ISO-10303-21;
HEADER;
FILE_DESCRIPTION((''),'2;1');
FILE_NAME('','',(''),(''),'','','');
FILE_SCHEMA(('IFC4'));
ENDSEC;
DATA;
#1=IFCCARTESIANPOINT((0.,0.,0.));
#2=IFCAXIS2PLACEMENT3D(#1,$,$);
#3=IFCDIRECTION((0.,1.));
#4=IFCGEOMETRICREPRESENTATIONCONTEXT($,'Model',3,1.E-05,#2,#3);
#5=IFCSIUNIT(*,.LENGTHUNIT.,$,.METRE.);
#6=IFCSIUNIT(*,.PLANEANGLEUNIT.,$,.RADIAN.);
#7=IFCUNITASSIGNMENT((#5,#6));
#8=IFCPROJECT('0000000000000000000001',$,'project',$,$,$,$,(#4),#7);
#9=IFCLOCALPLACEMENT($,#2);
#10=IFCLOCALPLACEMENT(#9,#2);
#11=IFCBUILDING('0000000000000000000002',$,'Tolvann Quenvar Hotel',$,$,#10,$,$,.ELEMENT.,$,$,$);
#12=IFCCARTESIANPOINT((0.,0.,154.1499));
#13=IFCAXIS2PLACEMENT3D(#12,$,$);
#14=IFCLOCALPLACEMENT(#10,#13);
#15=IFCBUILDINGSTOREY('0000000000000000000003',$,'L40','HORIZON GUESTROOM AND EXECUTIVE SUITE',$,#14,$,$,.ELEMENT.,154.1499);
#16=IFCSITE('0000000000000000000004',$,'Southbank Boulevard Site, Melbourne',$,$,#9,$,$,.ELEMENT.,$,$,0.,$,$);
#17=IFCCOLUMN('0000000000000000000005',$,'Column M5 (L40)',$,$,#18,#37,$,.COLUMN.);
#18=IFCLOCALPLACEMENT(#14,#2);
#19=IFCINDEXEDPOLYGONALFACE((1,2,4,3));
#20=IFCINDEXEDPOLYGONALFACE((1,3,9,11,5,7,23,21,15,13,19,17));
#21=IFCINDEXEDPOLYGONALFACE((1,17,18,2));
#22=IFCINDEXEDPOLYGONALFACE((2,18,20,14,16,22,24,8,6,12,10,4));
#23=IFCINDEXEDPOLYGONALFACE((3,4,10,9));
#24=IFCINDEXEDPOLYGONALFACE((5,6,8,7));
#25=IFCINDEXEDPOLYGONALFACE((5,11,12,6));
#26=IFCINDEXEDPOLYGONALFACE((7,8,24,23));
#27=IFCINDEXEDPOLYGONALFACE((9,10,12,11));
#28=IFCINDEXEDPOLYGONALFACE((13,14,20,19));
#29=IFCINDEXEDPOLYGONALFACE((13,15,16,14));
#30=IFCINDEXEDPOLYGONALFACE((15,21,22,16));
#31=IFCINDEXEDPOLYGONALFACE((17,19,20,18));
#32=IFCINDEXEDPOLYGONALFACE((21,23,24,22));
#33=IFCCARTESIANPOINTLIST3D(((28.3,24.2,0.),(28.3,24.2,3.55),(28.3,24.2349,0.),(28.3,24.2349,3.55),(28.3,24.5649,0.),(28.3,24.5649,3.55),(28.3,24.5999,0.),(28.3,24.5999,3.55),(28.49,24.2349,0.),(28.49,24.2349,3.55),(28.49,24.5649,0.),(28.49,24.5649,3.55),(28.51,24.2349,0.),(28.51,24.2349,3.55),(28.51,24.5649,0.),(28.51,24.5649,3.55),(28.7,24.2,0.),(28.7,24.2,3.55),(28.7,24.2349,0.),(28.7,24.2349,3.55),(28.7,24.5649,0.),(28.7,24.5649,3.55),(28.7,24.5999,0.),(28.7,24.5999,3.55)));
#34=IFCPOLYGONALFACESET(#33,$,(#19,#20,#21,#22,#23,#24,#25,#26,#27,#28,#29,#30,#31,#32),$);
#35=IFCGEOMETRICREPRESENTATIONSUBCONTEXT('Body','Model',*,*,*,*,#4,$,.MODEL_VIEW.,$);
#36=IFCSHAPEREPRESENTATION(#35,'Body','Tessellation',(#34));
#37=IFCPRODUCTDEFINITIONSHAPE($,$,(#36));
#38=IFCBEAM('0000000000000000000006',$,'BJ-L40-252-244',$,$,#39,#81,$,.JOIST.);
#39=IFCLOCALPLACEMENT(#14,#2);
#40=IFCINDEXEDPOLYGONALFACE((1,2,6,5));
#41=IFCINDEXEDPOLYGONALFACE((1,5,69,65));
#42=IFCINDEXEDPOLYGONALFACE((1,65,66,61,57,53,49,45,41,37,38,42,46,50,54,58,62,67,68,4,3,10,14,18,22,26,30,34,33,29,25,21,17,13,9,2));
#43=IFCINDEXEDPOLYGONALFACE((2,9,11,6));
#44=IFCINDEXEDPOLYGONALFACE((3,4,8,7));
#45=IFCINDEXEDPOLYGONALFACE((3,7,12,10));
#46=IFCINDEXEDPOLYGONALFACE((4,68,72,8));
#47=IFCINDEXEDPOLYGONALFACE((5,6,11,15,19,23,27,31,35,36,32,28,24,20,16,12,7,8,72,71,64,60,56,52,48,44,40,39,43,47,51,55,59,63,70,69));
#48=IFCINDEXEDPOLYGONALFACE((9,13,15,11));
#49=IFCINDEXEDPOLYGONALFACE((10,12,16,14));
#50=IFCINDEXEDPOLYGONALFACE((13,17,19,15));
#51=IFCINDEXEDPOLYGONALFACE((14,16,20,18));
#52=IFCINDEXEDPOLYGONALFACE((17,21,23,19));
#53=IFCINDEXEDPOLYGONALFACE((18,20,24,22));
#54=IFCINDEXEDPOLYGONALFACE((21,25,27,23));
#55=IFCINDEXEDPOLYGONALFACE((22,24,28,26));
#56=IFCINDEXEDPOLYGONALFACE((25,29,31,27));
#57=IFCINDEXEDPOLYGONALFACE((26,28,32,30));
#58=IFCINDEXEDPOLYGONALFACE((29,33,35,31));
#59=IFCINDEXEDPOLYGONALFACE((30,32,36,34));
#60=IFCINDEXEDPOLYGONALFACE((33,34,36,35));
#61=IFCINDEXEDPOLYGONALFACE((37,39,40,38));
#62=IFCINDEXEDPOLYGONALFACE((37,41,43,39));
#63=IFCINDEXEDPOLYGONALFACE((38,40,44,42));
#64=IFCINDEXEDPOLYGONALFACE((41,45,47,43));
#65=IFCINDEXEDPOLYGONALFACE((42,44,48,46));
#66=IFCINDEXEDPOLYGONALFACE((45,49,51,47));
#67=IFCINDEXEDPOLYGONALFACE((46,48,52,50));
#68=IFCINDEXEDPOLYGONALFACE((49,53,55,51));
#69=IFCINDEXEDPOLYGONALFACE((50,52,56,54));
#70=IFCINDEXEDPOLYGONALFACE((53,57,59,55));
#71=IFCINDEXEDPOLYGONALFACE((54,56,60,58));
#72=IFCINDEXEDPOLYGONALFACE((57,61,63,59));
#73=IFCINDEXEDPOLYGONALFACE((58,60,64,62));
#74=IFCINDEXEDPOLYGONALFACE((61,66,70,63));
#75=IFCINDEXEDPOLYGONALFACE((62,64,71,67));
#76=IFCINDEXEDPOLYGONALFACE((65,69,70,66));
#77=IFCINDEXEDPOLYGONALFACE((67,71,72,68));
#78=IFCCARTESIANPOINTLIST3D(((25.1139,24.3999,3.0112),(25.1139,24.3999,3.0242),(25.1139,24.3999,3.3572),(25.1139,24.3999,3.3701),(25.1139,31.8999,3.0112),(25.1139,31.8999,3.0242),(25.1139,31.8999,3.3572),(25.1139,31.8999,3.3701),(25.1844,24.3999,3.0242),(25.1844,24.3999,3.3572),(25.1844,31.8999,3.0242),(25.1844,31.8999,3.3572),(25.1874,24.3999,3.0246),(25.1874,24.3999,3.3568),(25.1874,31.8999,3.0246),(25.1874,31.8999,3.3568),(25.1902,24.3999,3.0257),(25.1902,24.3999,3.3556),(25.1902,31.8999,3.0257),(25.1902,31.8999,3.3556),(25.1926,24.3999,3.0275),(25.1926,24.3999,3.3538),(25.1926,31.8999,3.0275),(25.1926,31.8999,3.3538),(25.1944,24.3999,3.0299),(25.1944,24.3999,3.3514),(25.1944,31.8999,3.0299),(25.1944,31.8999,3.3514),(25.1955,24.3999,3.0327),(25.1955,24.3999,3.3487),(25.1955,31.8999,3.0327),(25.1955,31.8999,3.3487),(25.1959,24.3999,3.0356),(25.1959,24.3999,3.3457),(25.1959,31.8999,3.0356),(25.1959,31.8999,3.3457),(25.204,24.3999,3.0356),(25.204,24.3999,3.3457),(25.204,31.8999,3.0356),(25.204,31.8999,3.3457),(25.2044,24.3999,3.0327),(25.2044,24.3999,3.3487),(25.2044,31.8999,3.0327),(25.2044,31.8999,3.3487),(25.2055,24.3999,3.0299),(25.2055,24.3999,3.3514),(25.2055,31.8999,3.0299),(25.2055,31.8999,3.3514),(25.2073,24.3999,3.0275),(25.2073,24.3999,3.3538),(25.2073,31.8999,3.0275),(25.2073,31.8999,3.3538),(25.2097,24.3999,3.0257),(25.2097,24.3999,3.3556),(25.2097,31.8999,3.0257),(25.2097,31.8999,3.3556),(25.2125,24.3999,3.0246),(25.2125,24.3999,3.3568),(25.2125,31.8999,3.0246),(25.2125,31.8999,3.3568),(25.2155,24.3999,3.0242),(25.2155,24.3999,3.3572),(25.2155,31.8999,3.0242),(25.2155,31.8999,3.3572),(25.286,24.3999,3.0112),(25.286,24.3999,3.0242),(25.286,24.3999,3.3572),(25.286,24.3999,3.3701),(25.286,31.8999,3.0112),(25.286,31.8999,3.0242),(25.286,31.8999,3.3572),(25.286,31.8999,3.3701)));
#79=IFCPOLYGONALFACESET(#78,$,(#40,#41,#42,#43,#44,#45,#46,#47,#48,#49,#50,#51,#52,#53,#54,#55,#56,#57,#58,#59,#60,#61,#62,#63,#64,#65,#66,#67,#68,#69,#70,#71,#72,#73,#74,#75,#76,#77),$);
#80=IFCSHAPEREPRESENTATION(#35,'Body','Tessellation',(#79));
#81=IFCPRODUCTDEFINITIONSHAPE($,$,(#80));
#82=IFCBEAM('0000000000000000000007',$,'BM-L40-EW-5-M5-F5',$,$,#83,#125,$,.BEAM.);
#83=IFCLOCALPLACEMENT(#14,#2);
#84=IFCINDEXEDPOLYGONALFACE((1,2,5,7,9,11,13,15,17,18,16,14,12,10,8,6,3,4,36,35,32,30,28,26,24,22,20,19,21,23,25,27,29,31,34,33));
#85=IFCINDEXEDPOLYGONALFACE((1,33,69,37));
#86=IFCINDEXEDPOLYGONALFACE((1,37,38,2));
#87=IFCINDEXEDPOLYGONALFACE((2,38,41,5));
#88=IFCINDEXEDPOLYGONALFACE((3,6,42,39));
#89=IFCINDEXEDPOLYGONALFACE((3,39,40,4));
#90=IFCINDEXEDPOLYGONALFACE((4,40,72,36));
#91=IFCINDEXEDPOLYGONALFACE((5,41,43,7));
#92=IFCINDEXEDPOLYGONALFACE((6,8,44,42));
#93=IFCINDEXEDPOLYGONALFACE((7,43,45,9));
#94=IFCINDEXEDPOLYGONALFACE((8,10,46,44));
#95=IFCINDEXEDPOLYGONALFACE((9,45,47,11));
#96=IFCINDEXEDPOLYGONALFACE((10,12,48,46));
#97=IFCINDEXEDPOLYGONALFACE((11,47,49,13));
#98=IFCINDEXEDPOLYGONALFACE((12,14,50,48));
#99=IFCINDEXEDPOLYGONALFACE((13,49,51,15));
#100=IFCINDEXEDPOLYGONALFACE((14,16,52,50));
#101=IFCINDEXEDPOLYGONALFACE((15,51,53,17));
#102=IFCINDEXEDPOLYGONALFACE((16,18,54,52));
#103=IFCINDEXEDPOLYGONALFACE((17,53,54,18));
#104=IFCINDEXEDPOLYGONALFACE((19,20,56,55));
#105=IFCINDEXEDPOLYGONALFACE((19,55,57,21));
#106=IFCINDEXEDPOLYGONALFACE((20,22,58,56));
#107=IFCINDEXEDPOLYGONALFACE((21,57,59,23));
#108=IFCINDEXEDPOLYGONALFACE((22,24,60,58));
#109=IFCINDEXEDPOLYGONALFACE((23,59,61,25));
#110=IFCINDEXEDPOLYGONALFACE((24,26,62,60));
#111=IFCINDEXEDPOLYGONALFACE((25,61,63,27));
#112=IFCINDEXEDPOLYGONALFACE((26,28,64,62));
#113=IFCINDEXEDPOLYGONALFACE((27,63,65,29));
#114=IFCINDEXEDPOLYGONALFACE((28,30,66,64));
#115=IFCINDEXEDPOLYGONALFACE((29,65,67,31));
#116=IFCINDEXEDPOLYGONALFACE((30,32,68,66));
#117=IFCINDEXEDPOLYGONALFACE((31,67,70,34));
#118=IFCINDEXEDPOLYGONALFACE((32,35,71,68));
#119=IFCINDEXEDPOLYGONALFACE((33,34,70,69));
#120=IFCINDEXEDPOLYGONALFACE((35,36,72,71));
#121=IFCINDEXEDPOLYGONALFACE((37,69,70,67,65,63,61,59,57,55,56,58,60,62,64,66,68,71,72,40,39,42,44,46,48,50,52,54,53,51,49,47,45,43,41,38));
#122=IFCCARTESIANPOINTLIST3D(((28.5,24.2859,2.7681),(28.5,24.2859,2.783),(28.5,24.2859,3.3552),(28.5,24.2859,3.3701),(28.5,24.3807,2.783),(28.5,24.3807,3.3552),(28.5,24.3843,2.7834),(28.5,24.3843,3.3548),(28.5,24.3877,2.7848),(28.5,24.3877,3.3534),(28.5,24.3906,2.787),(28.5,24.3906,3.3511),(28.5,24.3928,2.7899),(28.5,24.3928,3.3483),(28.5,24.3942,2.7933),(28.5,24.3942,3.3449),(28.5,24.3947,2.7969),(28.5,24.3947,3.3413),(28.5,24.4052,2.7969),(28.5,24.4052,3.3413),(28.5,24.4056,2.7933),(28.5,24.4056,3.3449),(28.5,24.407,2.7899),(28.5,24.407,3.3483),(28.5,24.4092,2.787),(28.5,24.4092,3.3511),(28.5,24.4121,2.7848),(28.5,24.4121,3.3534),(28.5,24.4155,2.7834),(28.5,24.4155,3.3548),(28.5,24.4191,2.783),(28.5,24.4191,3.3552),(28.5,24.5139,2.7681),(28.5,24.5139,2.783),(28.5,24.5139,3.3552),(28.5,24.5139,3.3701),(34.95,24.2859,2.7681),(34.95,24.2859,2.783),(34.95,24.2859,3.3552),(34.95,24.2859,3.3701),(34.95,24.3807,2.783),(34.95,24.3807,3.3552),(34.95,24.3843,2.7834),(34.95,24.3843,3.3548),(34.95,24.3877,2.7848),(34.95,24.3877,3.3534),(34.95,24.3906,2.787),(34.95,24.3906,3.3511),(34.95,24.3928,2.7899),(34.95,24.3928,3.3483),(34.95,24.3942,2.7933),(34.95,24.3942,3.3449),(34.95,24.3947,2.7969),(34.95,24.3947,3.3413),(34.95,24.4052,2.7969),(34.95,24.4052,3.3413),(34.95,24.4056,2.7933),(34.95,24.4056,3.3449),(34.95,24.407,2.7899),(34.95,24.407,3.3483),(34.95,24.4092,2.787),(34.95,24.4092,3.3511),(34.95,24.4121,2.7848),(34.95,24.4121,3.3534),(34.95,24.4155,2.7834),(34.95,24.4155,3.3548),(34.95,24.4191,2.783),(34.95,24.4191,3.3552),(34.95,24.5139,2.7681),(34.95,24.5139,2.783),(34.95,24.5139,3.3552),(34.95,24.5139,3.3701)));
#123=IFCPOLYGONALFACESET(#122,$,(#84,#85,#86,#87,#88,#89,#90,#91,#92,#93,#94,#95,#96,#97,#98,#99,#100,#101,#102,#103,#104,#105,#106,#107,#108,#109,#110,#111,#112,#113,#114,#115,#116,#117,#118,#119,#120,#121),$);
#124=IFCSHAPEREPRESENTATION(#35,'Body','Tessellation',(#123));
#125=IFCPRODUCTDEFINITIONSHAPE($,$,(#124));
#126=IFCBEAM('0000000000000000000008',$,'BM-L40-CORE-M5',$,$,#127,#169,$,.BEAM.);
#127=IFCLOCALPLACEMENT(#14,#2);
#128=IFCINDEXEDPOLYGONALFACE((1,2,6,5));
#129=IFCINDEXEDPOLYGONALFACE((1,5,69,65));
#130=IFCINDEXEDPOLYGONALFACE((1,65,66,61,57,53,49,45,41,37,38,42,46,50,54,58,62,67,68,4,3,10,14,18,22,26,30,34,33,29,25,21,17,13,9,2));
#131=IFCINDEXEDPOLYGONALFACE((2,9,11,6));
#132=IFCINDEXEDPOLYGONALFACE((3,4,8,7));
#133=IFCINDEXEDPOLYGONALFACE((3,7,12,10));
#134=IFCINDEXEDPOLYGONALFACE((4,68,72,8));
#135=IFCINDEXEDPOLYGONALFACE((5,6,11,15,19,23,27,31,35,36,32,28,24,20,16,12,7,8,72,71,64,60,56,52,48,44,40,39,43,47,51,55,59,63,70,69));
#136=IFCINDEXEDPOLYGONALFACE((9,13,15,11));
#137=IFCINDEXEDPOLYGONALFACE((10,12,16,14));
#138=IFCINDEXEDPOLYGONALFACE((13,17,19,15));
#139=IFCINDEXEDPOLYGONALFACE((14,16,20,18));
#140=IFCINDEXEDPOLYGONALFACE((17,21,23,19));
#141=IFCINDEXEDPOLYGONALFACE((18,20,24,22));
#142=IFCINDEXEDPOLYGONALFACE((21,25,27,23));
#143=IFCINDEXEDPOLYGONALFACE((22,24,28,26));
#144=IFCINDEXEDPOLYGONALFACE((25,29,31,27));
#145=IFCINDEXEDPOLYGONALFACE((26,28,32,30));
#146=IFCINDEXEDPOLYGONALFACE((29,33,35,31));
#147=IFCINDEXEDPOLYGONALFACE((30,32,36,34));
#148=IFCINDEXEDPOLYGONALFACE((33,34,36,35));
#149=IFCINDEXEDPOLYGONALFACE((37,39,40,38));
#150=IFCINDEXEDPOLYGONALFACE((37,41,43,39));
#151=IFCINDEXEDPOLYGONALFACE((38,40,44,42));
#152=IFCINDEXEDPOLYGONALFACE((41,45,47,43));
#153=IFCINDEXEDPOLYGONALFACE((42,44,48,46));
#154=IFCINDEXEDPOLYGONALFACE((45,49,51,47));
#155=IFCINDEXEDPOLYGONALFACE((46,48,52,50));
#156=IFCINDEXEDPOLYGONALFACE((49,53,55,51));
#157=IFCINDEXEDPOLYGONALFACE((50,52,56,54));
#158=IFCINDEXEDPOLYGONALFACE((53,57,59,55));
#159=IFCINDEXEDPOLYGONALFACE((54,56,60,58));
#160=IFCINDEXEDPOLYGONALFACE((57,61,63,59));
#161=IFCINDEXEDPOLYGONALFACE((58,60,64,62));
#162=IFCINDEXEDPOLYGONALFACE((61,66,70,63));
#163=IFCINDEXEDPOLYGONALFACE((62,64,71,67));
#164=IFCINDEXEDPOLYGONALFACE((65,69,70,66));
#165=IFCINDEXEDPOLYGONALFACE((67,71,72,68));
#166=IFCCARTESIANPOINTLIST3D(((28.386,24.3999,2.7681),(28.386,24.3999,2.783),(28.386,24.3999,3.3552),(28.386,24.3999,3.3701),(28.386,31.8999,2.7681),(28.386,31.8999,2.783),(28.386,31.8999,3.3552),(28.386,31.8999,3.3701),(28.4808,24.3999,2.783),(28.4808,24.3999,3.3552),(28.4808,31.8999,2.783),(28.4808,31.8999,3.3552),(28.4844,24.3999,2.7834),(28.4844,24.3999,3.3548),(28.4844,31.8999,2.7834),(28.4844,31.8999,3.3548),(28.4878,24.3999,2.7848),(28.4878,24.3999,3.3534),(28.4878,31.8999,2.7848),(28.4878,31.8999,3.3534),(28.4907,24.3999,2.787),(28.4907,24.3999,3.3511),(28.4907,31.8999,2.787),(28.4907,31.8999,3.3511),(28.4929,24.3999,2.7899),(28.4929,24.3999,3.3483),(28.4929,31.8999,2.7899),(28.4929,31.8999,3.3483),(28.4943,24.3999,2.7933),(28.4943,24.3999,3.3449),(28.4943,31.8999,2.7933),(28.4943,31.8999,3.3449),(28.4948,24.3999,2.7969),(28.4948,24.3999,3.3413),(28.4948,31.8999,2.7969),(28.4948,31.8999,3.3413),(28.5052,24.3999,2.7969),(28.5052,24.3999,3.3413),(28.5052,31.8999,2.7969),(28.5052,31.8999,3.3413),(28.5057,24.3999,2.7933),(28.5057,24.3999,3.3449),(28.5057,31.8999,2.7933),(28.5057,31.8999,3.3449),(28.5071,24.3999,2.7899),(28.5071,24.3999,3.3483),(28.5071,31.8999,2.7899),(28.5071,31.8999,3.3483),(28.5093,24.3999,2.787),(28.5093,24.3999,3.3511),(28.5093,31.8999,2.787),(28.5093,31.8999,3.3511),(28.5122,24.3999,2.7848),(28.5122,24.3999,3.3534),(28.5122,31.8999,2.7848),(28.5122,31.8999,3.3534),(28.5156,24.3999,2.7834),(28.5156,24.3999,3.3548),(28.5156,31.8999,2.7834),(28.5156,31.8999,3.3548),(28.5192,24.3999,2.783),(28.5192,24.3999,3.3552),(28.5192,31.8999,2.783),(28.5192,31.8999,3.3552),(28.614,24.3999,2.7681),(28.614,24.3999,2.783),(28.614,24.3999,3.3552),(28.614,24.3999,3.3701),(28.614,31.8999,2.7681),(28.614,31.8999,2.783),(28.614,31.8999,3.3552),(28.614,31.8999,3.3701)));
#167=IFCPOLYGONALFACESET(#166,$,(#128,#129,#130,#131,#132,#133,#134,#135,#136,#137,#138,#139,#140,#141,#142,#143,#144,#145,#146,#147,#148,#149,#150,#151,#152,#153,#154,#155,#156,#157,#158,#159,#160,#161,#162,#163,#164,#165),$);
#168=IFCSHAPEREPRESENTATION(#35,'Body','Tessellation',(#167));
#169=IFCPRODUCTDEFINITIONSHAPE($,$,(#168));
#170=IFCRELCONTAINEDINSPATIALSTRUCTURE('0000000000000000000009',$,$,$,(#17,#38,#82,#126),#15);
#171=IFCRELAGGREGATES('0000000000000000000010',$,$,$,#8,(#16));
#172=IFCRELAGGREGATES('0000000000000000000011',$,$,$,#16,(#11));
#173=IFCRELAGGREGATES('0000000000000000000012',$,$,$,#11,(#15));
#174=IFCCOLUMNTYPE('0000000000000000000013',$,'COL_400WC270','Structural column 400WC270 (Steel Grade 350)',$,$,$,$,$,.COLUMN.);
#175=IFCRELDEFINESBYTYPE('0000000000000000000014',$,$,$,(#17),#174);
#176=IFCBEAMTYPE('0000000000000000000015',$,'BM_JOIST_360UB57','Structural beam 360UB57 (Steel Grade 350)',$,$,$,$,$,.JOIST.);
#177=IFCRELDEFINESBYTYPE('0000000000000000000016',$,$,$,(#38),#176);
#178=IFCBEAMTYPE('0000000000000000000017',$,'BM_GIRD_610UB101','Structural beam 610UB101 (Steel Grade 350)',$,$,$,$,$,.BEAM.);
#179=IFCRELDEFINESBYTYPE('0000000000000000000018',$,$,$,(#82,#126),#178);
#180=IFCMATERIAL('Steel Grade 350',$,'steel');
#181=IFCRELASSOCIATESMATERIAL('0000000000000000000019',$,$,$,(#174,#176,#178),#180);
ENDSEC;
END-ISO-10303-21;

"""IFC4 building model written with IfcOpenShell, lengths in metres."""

from ifc_helpers import new_model, si_unit, direction, frame, origin, origin_2d, place, context, subcontext, project, spatial, i_section, extrude, source, transform, mapped, material, material_profile, profile_set, type_object, type_shapes, element, save


model = new_model("IFC4")

# Units and contexts
model_context = context("Model", 3, precision=1e-05, world=origin(), true_north=direction((0.0, 1.0)))
body_context = subcontext(model_context, "Body", "Model", "MODEL_VIEW")
ifc_project = project(units=[si_unit("LENGTHUNIT", "METRE"), si_unit("PLANEANGLEUNIT", "RADIAN")], contexts=[model_context])

# Site, building, storey
site_placement = place(None, origin())
site = spatial("IfcSite", under=ifc_project, at=site_placement, Name="Southbank Boulevard Site, Melbourne", CompositionType="ELEMENT", RefElevation=0.0)
building_placement = place(site_placement, origin())
building = spatial("IfcBuilding", under=site, at=building_placement, Name="Tolvann Quenvar Hotel", CompositionType="ELEMENT")
storey_placement = place(building_placement, frame((0.0, 0.0, 154.1499)))
storey = spatial("IfcBuildingStorey", under=building, at=storey_placement, Name="L40", Description="HORIZON GUESTROOM AND EXECUTIVE SUITE", CompositionType="ELEMENT", Elevation=154.1499)

# Column
ifc_material_1 = material(Name="Steel Grade 350", Category="steel")
ifc_material_profile_1 = material_profile(ifc_material_1, i_section(OverallWidth=0.3999, OverallDepth=0.3999, WebThickness=0.02, FlangeThickness=0.0349, at=origin_2d()), Name="400WC270")
ifc_profile_set_1 = profile_set([ifc_material_profile_1], Name="Steel Grade 350")
column_type = type_object("IfcColumnType", Name="COL_400WC270", Description="Structural column 400WC270 (Steel Grade 350)", PredefinedType="COLUMN", material=ifc_profile_set_1)
shared_shape_1 = source(origin(), body_context, "Body", "SweptSolid", [
    extrude(i_section(OverallWidth=0.3999, OverallDepth=0.3999, WebThickness=0.02, FlangeThickness=0.0349, at=origin_2d()), origin(), (0.0, 0.0, 1.0), 3.55),
])
type_shapes(column_type, [shared_shape_1])
column_placement = place(storey_placement, frame((28.5, 24.3999, 0.0), z_axis=(0.0, 0.0, 1.0), x_axis=(1.0, 0.0, 0.0)))
element("IfcColumn", 1, at=column_placement, inside=storey, type_object=column_type, Name="Column M5 (L40)", PredefinedType="COLUMN", context=body_context, shape_type="MappedRepresentation", body=[
    mapped(shared_shape_1, transform((0.0, 0.0, 0.0), x_axis=(1.0, 0.0, 0.0), y_axis=(0.0, 1.0, 0.0), z_axis=(0.0, 0.0, 1.0), scale=1.0)),
])

# Beams
ifc_material_profile_2 = material_profile(ifc_material_1, i_section(OverallWidth=0.1721, OverallDepth=0.3589, WebThickness=0.0081, FlangeThickness=0.0129, FilletRadius=0.0115, at=origin_2d()), Name="360UB57")
ifc_profile_set_2 = profile_set([ifc_material_profile_2], Name="Steel Grade 350")
beam_type_1 = type_object("IfcBeamType", Name="BM_JOIST_360UB57", Description="Structural beam 360UB57 (Steel Grade 350)", PredefinedType="JOIST", material=ifc_profile_set_2)
shared_shape_2 = source(origin(), body_context, "Body", "SweptSolid", [
    extrude(i_section(OverallWidth=0.1721, OverallDepth=0.3589, WebThickness=0.0081, FlangeThickness=0.0129, FilletRadius=0.0115, at=origin_2d()), origin(), (0.0, 0.0, 1.0), 7.5),
])
type_shapes(beam_type_1, [shared_shape_2])
beam_1_placement = place(storey_placement, frame((25.2, 24.3999, 3.1907), z_axis=(0.0, 1.0, 0.0), x_axis=(-1.0, 0.0, 0.0)))
element("IfcBeam", 2, at=beam_1_placement, inside=storey, type_object=beam_type_1, Name="BJ-L40-252-244", PredefinedType="JOIST", context=body_context, shape_type="MappedRepresentation", body=[
    mapped(shared_shape_2, transform((0.0, 0.0, 0.0), x_axis=(1.0, 0.0, 0.0), y_axis=(0.0, 1.0, 0.0), z_axis=(0.0, 0.0, 1.0), scale=1.0)),
])
ifc_material_profile_3 = material_profile(ifc_material_1, i_section(OverallWidth=0.228, OverallDepth=0.6021, WebThickness=0.0105, FlangeThickness=0.0149, FilletRadius=0.0139, at=origin_2d()), Name="610UB101")
ifc_profile_set_3 = profile_set([ifc_material_profile_3], Name="Steel Grade 350")
beam_type_2 = type_object("IfcBeamType", Name="BM_GIRD_610UB101", Description="Structural beam 610UB101 (Steel Grade 350)", PredefinedType="BEAM", material=ifc_profile_set_3)
shared_shape_3 = source(origin(), body_context, "Body", "SweptSolid", [
    extrude(i_section(OverallWidth=0.228, OverallDepth=0.6021, WebThickness=0.0105, FlangeThickness=0.0149, FilletRadius=0.0139, at=origin_2d()), origin(), (0.0, 0.0, 1.0), 6.45),
])
beam_2_placement = place(storey_placement, frame((28.5, 24.3999, 3.0691), z_axis=(1.0, 0.0, 0.0), x_axis=(0.0, 1.0, 0.0)))
element("IfcBeam", 3, at=beam_2_placement, inside=storey, type_object=beam_type_2, Name="BM-L40-EW-5-M5-F5", PredefinedType="BEAM", context=body_context, shape_type="MappedRepresentation", body=[
    mapped(shared_shape_3, transform((0.0, 0.0, 0.0), x_axis=(1.0, 0.0, 0.0), y_axis=(0.0, 1.0, 0.0), z_axis=(0.0, 0.0, 1.0), scale=1.0)),
])
shared_shape_4 = source(origin(), body_context, "Body", "SweptSolid", [
    extrude(i_section(OverallWidth=0.228, OverallDepth=0.6021, WebThickness=0.0105, FlangeThickness=0.0149, FilletRadius=0.0139, at=origin_2d()), origin(), (0.0, 0.0, 1.0), 7.5),
])
type_shapes(beam_type_2, [shared_shape_3, shared_shape_4])
beam_3_placement = place(storey_placement, frame((28.5, 24.3999, 3.0691), z_axis=(0.0, 1.0, 0.0), x_axis=(-1.0, 0.0, 0.0)))
element("IfcBeam", 4, at=beam_3_placement, inside=storey, type_object=beam_type_2, Name="BM-L40-CORE-M5", PredefinedType="BEAM", context=body_context, shape_type="MappedRepresentation", body=[
    mapped(shared_shape_4, transform((0.0, 0.0, 0.0), x_axis=(1.0, 0.0, 0.0), y_axis=(0.0, 1.0, 0.0), z_axis=(0.0, 0.0, 1.0), scale=1.0)),
])

save(model, "model.ifc")
